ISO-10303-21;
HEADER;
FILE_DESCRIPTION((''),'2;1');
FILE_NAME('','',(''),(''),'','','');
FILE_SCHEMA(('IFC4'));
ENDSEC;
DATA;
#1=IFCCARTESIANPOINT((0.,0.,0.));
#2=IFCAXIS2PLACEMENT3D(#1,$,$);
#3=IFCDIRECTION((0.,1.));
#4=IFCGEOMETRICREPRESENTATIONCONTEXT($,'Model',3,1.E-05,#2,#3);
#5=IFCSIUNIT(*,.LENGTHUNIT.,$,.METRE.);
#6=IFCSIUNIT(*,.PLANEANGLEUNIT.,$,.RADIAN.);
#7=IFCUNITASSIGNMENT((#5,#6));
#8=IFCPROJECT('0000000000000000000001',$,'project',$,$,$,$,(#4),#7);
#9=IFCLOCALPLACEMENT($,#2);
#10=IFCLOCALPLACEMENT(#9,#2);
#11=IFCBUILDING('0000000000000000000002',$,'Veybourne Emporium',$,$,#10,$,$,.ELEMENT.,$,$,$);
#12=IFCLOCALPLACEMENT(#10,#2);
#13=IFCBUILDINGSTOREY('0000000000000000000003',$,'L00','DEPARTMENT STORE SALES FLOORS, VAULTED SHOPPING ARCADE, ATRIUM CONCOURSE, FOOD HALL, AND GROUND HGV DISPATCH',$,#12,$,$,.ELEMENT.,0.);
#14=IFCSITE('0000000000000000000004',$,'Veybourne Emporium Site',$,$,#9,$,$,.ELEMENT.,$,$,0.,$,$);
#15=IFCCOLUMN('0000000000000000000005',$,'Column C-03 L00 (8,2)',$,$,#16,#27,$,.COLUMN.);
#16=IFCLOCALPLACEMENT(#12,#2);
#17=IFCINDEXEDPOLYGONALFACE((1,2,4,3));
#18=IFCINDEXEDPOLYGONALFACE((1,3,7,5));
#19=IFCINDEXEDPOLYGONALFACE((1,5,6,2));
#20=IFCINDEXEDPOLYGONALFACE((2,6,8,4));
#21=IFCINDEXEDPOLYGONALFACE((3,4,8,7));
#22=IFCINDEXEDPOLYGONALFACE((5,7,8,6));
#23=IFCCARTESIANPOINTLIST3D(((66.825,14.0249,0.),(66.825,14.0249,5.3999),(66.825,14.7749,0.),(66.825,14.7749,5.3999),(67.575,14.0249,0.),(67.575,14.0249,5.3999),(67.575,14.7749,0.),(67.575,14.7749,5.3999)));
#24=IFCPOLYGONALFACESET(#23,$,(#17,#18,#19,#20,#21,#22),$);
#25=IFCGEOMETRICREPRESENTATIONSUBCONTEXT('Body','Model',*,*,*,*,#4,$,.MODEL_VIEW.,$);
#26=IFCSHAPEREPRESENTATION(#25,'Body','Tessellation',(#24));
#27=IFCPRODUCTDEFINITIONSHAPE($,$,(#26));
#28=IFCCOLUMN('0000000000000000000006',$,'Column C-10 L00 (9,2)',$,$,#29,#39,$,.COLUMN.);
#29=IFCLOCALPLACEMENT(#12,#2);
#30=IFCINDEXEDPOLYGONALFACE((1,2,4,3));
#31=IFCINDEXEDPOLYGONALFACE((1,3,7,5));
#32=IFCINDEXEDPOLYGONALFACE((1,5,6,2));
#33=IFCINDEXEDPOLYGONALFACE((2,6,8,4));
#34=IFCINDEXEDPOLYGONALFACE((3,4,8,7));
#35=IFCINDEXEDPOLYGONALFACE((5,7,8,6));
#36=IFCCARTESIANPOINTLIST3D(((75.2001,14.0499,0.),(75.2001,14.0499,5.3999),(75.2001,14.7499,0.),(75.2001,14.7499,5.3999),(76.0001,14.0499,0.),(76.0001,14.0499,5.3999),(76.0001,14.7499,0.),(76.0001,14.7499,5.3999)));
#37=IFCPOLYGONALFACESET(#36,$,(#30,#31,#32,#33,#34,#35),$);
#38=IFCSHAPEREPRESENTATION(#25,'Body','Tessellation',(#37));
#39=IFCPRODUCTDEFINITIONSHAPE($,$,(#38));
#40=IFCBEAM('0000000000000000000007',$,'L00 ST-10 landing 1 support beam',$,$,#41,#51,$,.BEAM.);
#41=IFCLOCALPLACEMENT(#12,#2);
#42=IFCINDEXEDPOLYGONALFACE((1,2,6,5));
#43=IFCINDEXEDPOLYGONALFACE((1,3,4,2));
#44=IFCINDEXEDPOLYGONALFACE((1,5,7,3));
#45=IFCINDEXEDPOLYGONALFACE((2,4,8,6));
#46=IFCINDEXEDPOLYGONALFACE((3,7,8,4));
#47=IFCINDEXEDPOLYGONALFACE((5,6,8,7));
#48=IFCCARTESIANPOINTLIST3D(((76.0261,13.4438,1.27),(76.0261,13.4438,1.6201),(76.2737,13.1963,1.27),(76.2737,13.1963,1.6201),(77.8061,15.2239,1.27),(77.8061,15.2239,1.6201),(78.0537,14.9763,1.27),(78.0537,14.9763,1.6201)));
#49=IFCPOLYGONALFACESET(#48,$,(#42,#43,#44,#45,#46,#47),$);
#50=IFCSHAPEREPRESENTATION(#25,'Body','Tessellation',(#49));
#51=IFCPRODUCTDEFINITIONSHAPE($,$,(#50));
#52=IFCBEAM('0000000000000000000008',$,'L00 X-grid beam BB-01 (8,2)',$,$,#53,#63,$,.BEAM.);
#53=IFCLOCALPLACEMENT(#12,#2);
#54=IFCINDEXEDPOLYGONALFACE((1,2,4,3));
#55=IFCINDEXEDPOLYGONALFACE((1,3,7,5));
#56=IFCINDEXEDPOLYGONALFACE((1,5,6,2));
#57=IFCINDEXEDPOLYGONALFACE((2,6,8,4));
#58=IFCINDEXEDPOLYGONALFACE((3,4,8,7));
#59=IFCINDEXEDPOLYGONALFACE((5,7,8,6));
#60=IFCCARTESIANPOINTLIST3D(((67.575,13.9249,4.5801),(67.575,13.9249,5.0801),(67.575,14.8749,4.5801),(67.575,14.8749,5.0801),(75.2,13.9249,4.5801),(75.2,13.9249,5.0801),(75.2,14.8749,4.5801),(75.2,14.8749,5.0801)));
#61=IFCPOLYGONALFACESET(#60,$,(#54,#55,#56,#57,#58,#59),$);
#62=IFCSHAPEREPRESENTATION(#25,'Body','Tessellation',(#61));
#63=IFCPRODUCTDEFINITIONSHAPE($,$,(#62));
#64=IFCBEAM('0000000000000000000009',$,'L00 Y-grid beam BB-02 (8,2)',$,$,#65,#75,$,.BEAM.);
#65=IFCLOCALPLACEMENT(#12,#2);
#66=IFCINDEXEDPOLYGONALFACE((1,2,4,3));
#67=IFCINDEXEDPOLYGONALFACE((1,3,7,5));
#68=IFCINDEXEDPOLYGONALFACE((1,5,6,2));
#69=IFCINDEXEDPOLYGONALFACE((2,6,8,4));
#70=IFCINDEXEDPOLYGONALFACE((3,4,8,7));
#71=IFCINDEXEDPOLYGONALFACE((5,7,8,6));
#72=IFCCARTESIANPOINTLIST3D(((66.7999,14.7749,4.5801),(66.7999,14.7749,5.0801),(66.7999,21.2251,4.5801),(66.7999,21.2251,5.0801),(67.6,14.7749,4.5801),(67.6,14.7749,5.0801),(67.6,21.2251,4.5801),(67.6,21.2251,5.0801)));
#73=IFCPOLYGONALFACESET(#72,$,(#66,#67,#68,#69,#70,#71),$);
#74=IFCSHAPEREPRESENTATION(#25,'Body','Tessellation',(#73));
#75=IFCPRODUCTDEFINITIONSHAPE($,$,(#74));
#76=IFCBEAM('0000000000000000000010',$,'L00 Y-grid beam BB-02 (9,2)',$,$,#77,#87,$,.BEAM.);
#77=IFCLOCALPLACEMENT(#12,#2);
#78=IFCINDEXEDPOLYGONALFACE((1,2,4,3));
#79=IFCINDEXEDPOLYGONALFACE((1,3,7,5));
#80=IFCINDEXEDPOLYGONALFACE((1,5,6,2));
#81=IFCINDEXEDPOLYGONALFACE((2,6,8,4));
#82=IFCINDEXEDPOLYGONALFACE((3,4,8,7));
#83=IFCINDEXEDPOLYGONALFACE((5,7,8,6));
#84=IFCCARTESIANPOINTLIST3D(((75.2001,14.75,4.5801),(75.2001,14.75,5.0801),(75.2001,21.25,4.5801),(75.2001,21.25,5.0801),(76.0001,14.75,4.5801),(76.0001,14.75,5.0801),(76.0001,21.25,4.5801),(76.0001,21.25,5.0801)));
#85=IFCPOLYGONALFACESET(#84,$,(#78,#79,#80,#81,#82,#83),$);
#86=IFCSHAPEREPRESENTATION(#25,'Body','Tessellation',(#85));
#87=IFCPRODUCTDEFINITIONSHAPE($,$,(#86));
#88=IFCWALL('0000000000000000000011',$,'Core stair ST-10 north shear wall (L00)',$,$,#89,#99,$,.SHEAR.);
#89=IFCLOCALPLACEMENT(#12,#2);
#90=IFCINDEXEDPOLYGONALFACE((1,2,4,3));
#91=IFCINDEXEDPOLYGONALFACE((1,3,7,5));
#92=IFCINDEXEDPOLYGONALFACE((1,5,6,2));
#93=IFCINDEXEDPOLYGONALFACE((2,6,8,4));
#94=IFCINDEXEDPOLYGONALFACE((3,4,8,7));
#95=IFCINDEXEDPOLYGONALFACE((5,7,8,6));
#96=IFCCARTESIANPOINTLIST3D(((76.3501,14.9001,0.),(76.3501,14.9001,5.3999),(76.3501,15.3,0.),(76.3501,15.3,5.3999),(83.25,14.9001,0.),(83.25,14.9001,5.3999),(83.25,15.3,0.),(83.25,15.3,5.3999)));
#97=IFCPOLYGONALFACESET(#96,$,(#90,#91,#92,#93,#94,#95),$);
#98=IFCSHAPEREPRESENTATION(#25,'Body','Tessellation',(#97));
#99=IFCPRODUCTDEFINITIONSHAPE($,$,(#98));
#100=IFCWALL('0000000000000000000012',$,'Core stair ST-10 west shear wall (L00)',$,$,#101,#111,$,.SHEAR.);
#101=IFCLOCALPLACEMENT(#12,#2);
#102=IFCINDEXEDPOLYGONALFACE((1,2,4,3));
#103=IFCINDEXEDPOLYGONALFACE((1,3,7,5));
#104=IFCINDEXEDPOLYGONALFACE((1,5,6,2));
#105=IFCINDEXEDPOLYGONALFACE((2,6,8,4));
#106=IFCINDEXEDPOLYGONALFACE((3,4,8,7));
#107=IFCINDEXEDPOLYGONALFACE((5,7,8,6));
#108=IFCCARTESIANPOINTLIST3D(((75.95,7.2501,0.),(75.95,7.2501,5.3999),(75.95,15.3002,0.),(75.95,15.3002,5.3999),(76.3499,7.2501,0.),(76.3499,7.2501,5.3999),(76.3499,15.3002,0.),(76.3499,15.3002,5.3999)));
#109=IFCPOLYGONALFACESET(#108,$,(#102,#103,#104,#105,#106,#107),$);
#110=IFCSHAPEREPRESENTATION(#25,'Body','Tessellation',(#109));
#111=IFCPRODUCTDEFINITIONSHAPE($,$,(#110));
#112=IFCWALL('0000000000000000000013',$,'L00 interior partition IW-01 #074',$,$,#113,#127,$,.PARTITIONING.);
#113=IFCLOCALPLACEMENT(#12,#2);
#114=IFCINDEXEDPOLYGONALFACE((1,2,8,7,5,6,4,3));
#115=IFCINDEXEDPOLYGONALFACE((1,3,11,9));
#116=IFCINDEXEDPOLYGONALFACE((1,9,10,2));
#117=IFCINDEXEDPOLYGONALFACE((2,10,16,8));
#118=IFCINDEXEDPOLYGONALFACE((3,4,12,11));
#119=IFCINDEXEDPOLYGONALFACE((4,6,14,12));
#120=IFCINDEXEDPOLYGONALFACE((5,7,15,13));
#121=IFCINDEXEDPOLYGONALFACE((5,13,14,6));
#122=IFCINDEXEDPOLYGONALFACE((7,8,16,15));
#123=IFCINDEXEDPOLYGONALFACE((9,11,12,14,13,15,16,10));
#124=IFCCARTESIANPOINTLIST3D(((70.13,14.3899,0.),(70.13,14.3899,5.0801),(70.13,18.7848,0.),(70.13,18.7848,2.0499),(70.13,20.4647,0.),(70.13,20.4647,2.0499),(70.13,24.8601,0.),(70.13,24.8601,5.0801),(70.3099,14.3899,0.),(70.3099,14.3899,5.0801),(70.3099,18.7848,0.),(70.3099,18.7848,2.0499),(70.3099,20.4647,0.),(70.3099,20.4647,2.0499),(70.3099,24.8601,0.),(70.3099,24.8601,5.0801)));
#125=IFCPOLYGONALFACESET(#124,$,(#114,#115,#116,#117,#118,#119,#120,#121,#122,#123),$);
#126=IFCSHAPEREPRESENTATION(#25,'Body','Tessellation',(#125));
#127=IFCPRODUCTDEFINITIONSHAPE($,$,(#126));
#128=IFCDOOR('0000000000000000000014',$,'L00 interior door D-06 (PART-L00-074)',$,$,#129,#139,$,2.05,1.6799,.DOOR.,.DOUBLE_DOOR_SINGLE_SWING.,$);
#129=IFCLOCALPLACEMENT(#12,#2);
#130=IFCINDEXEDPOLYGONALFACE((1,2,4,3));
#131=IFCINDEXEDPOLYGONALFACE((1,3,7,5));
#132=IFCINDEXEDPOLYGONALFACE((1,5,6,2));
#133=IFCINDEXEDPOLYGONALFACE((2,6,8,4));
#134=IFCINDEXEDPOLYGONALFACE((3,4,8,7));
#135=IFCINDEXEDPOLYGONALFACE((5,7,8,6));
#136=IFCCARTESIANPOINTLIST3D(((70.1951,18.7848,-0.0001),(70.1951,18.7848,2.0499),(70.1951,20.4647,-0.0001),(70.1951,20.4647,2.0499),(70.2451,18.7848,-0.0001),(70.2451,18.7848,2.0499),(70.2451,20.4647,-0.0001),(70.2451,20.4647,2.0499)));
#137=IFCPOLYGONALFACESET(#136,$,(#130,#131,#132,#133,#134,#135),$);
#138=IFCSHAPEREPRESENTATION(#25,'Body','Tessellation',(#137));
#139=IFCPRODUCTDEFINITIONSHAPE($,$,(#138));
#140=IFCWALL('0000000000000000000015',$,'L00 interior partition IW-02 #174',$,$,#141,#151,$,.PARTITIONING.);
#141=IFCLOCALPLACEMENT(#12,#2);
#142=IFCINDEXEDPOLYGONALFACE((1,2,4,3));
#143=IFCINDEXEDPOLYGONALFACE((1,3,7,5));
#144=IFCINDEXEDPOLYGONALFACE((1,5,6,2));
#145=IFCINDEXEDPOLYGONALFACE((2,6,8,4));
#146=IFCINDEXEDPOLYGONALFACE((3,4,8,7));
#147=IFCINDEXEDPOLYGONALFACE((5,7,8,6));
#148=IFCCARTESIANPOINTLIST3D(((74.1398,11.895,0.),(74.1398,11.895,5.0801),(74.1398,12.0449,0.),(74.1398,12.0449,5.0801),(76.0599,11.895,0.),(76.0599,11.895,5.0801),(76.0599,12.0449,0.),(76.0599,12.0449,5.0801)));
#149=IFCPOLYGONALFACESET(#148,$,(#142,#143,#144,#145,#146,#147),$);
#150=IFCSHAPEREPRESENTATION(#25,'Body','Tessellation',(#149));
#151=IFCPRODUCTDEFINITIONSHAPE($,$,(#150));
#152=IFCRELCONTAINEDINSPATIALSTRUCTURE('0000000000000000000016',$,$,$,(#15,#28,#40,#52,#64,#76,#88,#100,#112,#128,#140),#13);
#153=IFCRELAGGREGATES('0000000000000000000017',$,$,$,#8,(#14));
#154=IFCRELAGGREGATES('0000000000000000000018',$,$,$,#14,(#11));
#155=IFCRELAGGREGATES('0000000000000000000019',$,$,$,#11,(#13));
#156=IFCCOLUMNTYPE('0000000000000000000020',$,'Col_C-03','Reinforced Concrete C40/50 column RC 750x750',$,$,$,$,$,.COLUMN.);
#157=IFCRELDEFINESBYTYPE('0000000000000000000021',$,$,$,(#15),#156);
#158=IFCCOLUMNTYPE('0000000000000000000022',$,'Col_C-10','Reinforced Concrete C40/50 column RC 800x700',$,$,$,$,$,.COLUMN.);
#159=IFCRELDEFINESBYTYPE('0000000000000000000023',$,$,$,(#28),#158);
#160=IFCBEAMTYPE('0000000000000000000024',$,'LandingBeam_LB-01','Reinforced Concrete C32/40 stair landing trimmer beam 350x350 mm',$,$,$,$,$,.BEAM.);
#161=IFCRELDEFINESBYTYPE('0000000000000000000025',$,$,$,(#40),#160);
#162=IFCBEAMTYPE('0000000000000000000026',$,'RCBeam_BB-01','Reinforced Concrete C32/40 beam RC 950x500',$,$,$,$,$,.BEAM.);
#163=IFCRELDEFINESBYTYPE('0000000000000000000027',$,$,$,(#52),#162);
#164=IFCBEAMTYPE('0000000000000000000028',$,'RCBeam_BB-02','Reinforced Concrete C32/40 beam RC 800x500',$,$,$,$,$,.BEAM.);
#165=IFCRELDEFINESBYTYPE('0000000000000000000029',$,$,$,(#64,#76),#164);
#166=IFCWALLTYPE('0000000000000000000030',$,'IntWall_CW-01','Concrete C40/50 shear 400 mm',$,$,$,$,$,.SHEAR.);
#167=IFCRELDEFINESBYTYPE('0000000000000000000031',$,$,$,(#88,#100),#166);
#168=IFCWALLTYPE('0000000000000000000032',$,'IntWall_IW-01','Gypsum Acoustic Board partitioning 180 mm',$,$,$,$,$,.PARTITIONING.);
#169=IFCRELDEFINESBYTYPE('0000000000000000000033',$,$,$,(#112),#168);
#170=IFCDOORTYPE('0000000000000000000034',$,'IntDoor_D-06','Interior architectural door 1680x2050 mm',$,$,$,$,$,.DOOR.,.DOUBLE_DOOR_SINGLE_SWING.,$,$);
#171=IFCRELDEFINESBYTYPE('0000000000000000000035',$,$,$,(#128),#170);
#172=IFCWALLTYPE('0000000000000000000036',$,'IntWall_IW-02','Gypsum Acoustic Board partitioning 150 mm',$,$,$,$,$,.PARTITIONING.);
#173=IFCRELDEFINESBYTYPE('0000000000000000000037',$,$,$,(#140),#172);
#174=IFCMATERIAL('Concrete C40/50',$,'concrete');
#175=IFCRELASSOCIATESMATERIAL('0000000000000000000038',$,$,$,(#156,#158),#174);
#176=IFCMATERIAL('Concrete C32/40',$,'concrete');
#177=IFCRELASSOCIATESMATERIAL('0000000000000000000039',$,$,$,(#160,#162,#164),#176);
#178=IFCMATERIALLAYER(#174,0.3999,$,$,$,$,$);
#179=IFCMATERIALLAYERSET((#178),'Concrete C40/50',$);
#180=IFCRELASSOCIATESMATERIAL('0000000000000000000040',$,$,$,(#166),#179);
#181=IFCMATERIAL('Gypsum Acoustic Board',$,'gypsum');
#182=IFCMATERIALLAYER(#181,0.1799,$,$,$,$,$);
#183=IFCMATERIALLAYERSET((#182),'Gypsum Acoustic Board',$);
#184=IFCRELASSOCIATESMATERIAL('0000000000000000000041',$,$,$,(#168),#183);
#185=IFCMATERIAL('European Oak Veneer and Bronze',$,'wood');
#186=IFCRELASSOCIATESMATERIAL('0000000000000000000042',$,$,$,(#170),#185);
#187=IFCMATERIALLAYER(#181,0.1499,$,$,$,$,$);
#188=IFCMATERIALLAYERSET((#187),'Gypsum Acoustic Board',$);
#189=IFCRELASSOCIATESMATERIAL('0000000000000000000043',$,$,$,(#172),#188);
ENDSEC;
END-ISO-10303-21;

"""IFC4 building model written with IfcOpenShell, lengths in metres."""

from ifc_helpers import new_model, si_unit, direction, frame, frame_2d, origin, origin_2d, place, context, subcontext, project, spatial, rectangle, extrude, material, layer, layer_set, material_profile, profile_set, type_object, element, fill, save


model = new_model("IFC4")

# Units and contexts
model_context = context("Model", 3, precision=1e-05, world=origin(), true_north=direction((0.0, 1.0)))
body_context = subcontext(model_context, "Body", "Model", "MODEL_VIEW")
ifc_project = project(units=[si_unit("LENGTHUNIT", "METRE"), si_unit("PLANEANGLEUNIT", "RADIAN")], contexts=[model_context])

# Site, building, storey
site_placement = place(None, origin())
site = spatial("IfcSite", under=ifc_project, at=site_placement, Name="Veybourne Emporium Site", CompositionType="ELEMENT", RefElevation=0.0)
building_placement = place(site_placement, origin())
building = spatial("IfcBuilding", under=site, at=building_placement, Name="Veybourne Emporium", CompositionType="ELEMENT")
storey_placement = place(building_placement, origin())
storey = spatial("IfcBuildingStorey", under=building, at=storey_placement, Name="L00", Description="DEPARTMENT STORE SALES FLOORS, VAULTED SHOPPING ARCADE, ATRIUM CONCOURSE, FOOD HALL, AND GROUND HGV DISPATCH", CompositionType="ELEMENT", Elevation=0.0)

# Columns
ifc_material_1 = material(Name="Concrete C40/50", Category="concrete")
ifc_material_profile_1 = material_profile(ifc_material_1, rectangle(XDim=0.75, YDim=0.75, at=origin_2d()), Name="RC 750x750")
ifc_profile_set_1 = profile_set([ifc_material_profile_1], Name="Concrete C40/50")
column_type_1 = type_object("IfcColumnType", Name="Col_C-03", Description="Reinforced Concrete C40/50 column RC 750x750", PredefinedType="COLUMN", material=ifc_profile_set_1)
column_1_placement = place(storey_placement, frame((67.2, 14.3999, 0.0), z_axis=(0.0, 0.0, 1.0), x_axis=(1.0, 0.0, 0.0)))
element("IfcColumn", 1, at=column_1_placement, inside=storey, type_object=column_type_1, Name="Column C-03 L00 (8,2)", PredefinedType="COLUMN", context=body_context, shape_type="SweptSolid", body=[
    extrude(rectangle(XDim=0.75, YDim=0.75, at=origin_2d()), origin(), (0.0, 0.0, 1.0), 5.3999),
])
ifc_material_profile_2 = material_profile(ifc_material_1, rectangle(XDim=0.8, YDim=0.7, at=origin_2d()), Name="RC 800x700")
ifc_profile_set_2 = profile_set([ifc_material_profile_2], Name="Concrete C40/50")
column_type_2 = type_object("IfcColumnType", Name="Col_C-10", Description="Reinforced Concrete C40/50 column RC 800x700", PredefinedType="COLUMN", material=ifc_profile_set_2)
column_2_placement = place(storey_placement, frame((75.6001, 14.3999, 0.0), z_axis=(0.0, 0.0, 1.0), x_axis=(1.0, 0.0, 0.0)))
element("IfcColumn", 2, at=column_2_placement, inside=storey, type_object=column_type_2, Name="Column C-10 L00 (9,2)", PredefinedType="COLUMN", context=body_context, shape_type="SweptSolid", body=[
    extrude(rectangle(XDim=0.8, YDim=0.7, at=origin_2d()), origin(), (0.0, 0.0, 1.0), 5.3999),
])

# Beams
ifc_material_2 = material(Name="Concrete C32/40", Category="concrete")
ifc_material_profile_3 = material_profile(ifc_material_2, rectangle(XDim=0.3501, YDim=0.3501, at=origin_2d()), Name="RC 350x350")
ifc_profile_set_3 = profile_set([ifc_material_profile_3], Name="Concrete C32/40")
beam_type_1 = type_object("IfcBeamType", Name="LandingBeam_LB-01", Description="Reinforced Concrete C32/40 stair landing trimmer beam 350x350 mm", PredefinedType="BEAM", material=ifc_profile_set_3)
beam_1_placement = place(storey_placement, frame((76.1499, 13.3201, 1.4451), z_axis=(0.707107, 0.707107, 0.0), x_axis=(-0.707107, 0.707107, 0.0)))
element("IfcBeam", 3, at=beam_1_placement, inside=storey, type_object=beam_type_1, Name="L00 ST-10 landing 1 support beam", PredefinedType="BEAM", context=body_context, shape_type="SweptSolid", body=[
    extrude(rectangle(XDim=0.3501, YDim=0.3501, at=origin_2d()), origin(), (0.0, 0.0, 1.0), 2.5173),
])
ifc_material_profile_4 = material_profile(ifc_material_2, rectangle(XDim=0.95, YDim=0.5, at=origin_2d()), Name="RC 950x500")
ifc_profile_set_4 = profile_set([ifc_material_profile_4], Name="Concrete C32/40")
beam_type_2 = type_object("IfcBeamType", Name="RCBeam_BB-01", Description="Reinforced Concrete C32/40 beam RC 950x500", PredefinedType="BEAM", material=ifc_profile_set_4)
beam_2_placement = place(storey_placement, frame((67.575, 14.3999, 4.8301), z_axis=(1.0, 0.0, 0.0), x_axis=(0.0, 1.0, 0.0)))
element("IfcBeam", 4, at=beam_2_placement, inside=storey, type_object=beam_type_2, Name="L00 X-grid beam BB-01 (8,2)", PredefinedType="BEAM", context=body_context, shape_type="SweptSolid", body=[
    extrude(rectangle(XDim=0.95, YDim=0.5, at=origin_2d()), origin(), (0.0, 0.0, 1.0), 7.625),
])
ifc_material_profile_5 = material_profile(ifc_material_2, rectangle(XDim=0.8, YDim=0.5, at=origin_2d()), Name="RC 800x500")
ifc_profile_set_5 = profile_set([ifc_material_profile_5], Name="Concrete C32/40")
beam_type_3 = type_object("IfcBeamType", Name="RCBeam_BB-02", Description="Reinforced Concrete C32/40 beam RC 800x500", PredefinedType="BEAM", material=ifc_profile_set_5)
beam_3_placement = place(storey_placement, frame((67.2, 14.7749, 4.8301), z_axis=(0.0, 1.0, 0.0), x_axis=(-1.0, 0.0, 0.0)))
element("IfcBeam", 5, at=beam_3_placement, inside=storey, type_object=beam_type_3, Name="L00 Y-grid beam BB-02 (8,2)", PredefinedType="BEAM", context=body_context, shape_type="SweptSolid", body=[
    extrude(rectangle(XDim=0.8, YDim=0.5, at=origin_2d()), origin(), (0.0, 0.0, 1.0), 6.4502),
])
beam_4_placement = place(storey_placement, frame((75.6001, 14.75, 4.8301), z_axis=(0.0, 1.0, 0.0), x_axis=(-1.0, 0.0, 0.0)))
element("IfcBeam", 6, at=beam_4_placement, inside=storey, type_object=beam_type_3, Name="L00 Y-grid beam BB-02 (9,2)", PredefinedType="BEAM", context=body_context, shape_type="SweptSolid", body=[
    extrude(rectangle(XDim=0.8, YDim=0.5, at=origin_2d()), origin(), (0.0, 0.0, 1.0), 6.5),
])

# Walls
ifc_layer_1 = layer(ifc_material_1, 0.3999)
ifc_layer_set_1 = layer_set([ifc_layer_1], Name="Concrete C40/50")
wall_type_1 = type_object("IfcWallType", Name="IntWall_CW-01", Description="Concrete C40/50 shear 400 mm", PredefinedType="SHEAR", material=ifc_layer_set_1)
wall_1_placement = place(storey_placement, frame((76.3501, 15.1001, 0.0), z_axis=(0.0, 0.0, 1.0), x_axis=(1.0, 0.0, 0.0)))
element("IfcWall", 7, at=wall_1_placement, inside=storey, type_object=wall_type_1, Name="Core stair ST-10 north shear wall (L00)", PredefinedType="SHEAR", context=body_context, shape_type="SweptSolid", body=[
    extrude(rectangle(XDim=6.8999, YDim=0.3999, at=frame_2d((3.45, 0.0))), origin(), (0.0, 0.0, 1.0), 5.3999),
])
wall_2_placement = place(storey_placement, frame((76.1499, 15.3, 0.0), z_axis=(0.0, 0.0, 1.0), x_axis=(0.0, -1.0, 0.0)))
element("IfcWall", 8, at=wall_2_placement, inside=storey, type_object=wall_type_1, Name="Core stair ST-10 west shear wall (L00)", PredefinedType="SHEAR", context=body_context, shape_type="SweptSolid", body=[
    extrude(rectangle(XDim=8.05, YDim=0.3999, at=frame_2d((4.0249, 0.0))), origin(), (0.0, 0.0, 1.0), 5.3999),
])

# Wall, opening, door
ifc_material_3 = material(Name="Gypsum Acoustic Board", Category="gypsum")
ifc_layer_2 = layer(ifc_material_3, 0.1799)
ifc_layer_set_2 = layer_set([ifc_layer_2], Name="Gypsum Acoustic Board")
wall_type_2 = type_object("IfcWallType", Name="IntWall_IW-01", Description="Gypsum Acoustic Board partitioning 180 mm", PredefinedType="PARTITIONING", material=ifc_layer_set_2)
wall_3_placement = place(storey_placement, frame((70.22, 14.3899, 0.0), z_axis=(0.0, 0.0, 1.0), x_axis=(0.0, 1.0, 0.0)))
wall_3 = element("IfcWall", 9, at=wall_3_placement, inside=storey, type_object=wall_type_2, Name="L00 interior partition IW-01 #074", PredefinedType="PARTITIONING", context=body_context, shape_type="SweptSolid", body=[
    extrude(rectangle(XDim=10.4702, YDim=0.1799, at=frame_2d((5.2351, 0.0))), origin(), (0.0, 0.0, 1.0), 5.0801),
])
opening_1_placement = place(wall_3_placement, frame((4.395, 0.0, 0.0)))
opening_1 = element("IfcOpeningElement", 10, at=opening_1_placement, cuts=wall_3, PredefinedType="OPENING", context=body_context, shape_type="SweptSolid", body=[
    extrude(rectangle(XDim=1.6799, YDim=2.05, at=frame_2d((0.8398, 1.0249))), frame((0.0, 0.1099, 0.0), z_axis=(0.0, -1.0, 0.0), x_axis=(1.0, 0.0, 0.0)), (0.0, 0.0, 1.0), 0.22),
])
ifc_material_4 = material(Name="European Oak Veneer and Bronze", Category="wood")
door_type_1 = type_object("IfcDoorType", Name="IntDoor_D-06", Description="Interior architectural door 1680x2050 mm", OperationType="DOUBLE_DOOR_SINGLE_SWING", PredefinedType="DOOR", material=ifc_material_4)
door_1_placement = place(opening_1_placement, origin())
door_1 = element("IfcDoor", 11, at=door_1_placement, inside=storey, type_object=door_type_1, Name="L00 interior door D-06 (PART-L00-074)", OperationType="DOUBLE_DOOR_SINGLE_SWING", OverallHeight=2.05, OverallWidth=1.6799, PredefinedType="DOOR", context=body_context, shape_type="SweptSolid", body=[
    extrude(rectangle(XDim=1.6799, YDim=2.05, at=frame_2d((0.8398, 1.0249))), frame((0.0, 0.0249, 0.0), z_axis=(0.0, -1.0, 0.0), x_axis=(1.0, 0.0, 0.0)), (0.0, 0.0, 1.0), 0.05),
])
fill(opening_1, door_1)
ifc_layer_3 = layer(ifc_material_3, 0.1499)
ifc_layer_set_3 = layer_set([ifc_layer_3], Name="Gypsum Acoustic Board")
wall_type_3 = type_object("IfcWallType", Name="IntWall_IW-02", Description="Gypsum Acoustic Board partitioning 150 mm", PredefinedType="PARTITIONING", material=ifc_layer_set_3)

# Wall
wall_4_placement = place(storey_placement, frame((74.1399, 11.97, 0.0), z_axis=(0.0, 0.0, 1.0), x_axis=(1.0, 0.0, 0.0)))
element("IfcWall", 12, at=wall_4_placement, inside=storey, type_object=wall_type_3, Name="L00 interior partition IW-02 #174", PredefinedType="PARTITIONING", context=body_context, shape_type="SweptSolid", body=[
    extrude(rectangle(XDim=1.9202, YDim=0.1499, at=frame_2d((0.96, 0.0))), origin(), (0.0, 0.0, 1.0), 5.0801),
])

save(model, "model.ifc")
